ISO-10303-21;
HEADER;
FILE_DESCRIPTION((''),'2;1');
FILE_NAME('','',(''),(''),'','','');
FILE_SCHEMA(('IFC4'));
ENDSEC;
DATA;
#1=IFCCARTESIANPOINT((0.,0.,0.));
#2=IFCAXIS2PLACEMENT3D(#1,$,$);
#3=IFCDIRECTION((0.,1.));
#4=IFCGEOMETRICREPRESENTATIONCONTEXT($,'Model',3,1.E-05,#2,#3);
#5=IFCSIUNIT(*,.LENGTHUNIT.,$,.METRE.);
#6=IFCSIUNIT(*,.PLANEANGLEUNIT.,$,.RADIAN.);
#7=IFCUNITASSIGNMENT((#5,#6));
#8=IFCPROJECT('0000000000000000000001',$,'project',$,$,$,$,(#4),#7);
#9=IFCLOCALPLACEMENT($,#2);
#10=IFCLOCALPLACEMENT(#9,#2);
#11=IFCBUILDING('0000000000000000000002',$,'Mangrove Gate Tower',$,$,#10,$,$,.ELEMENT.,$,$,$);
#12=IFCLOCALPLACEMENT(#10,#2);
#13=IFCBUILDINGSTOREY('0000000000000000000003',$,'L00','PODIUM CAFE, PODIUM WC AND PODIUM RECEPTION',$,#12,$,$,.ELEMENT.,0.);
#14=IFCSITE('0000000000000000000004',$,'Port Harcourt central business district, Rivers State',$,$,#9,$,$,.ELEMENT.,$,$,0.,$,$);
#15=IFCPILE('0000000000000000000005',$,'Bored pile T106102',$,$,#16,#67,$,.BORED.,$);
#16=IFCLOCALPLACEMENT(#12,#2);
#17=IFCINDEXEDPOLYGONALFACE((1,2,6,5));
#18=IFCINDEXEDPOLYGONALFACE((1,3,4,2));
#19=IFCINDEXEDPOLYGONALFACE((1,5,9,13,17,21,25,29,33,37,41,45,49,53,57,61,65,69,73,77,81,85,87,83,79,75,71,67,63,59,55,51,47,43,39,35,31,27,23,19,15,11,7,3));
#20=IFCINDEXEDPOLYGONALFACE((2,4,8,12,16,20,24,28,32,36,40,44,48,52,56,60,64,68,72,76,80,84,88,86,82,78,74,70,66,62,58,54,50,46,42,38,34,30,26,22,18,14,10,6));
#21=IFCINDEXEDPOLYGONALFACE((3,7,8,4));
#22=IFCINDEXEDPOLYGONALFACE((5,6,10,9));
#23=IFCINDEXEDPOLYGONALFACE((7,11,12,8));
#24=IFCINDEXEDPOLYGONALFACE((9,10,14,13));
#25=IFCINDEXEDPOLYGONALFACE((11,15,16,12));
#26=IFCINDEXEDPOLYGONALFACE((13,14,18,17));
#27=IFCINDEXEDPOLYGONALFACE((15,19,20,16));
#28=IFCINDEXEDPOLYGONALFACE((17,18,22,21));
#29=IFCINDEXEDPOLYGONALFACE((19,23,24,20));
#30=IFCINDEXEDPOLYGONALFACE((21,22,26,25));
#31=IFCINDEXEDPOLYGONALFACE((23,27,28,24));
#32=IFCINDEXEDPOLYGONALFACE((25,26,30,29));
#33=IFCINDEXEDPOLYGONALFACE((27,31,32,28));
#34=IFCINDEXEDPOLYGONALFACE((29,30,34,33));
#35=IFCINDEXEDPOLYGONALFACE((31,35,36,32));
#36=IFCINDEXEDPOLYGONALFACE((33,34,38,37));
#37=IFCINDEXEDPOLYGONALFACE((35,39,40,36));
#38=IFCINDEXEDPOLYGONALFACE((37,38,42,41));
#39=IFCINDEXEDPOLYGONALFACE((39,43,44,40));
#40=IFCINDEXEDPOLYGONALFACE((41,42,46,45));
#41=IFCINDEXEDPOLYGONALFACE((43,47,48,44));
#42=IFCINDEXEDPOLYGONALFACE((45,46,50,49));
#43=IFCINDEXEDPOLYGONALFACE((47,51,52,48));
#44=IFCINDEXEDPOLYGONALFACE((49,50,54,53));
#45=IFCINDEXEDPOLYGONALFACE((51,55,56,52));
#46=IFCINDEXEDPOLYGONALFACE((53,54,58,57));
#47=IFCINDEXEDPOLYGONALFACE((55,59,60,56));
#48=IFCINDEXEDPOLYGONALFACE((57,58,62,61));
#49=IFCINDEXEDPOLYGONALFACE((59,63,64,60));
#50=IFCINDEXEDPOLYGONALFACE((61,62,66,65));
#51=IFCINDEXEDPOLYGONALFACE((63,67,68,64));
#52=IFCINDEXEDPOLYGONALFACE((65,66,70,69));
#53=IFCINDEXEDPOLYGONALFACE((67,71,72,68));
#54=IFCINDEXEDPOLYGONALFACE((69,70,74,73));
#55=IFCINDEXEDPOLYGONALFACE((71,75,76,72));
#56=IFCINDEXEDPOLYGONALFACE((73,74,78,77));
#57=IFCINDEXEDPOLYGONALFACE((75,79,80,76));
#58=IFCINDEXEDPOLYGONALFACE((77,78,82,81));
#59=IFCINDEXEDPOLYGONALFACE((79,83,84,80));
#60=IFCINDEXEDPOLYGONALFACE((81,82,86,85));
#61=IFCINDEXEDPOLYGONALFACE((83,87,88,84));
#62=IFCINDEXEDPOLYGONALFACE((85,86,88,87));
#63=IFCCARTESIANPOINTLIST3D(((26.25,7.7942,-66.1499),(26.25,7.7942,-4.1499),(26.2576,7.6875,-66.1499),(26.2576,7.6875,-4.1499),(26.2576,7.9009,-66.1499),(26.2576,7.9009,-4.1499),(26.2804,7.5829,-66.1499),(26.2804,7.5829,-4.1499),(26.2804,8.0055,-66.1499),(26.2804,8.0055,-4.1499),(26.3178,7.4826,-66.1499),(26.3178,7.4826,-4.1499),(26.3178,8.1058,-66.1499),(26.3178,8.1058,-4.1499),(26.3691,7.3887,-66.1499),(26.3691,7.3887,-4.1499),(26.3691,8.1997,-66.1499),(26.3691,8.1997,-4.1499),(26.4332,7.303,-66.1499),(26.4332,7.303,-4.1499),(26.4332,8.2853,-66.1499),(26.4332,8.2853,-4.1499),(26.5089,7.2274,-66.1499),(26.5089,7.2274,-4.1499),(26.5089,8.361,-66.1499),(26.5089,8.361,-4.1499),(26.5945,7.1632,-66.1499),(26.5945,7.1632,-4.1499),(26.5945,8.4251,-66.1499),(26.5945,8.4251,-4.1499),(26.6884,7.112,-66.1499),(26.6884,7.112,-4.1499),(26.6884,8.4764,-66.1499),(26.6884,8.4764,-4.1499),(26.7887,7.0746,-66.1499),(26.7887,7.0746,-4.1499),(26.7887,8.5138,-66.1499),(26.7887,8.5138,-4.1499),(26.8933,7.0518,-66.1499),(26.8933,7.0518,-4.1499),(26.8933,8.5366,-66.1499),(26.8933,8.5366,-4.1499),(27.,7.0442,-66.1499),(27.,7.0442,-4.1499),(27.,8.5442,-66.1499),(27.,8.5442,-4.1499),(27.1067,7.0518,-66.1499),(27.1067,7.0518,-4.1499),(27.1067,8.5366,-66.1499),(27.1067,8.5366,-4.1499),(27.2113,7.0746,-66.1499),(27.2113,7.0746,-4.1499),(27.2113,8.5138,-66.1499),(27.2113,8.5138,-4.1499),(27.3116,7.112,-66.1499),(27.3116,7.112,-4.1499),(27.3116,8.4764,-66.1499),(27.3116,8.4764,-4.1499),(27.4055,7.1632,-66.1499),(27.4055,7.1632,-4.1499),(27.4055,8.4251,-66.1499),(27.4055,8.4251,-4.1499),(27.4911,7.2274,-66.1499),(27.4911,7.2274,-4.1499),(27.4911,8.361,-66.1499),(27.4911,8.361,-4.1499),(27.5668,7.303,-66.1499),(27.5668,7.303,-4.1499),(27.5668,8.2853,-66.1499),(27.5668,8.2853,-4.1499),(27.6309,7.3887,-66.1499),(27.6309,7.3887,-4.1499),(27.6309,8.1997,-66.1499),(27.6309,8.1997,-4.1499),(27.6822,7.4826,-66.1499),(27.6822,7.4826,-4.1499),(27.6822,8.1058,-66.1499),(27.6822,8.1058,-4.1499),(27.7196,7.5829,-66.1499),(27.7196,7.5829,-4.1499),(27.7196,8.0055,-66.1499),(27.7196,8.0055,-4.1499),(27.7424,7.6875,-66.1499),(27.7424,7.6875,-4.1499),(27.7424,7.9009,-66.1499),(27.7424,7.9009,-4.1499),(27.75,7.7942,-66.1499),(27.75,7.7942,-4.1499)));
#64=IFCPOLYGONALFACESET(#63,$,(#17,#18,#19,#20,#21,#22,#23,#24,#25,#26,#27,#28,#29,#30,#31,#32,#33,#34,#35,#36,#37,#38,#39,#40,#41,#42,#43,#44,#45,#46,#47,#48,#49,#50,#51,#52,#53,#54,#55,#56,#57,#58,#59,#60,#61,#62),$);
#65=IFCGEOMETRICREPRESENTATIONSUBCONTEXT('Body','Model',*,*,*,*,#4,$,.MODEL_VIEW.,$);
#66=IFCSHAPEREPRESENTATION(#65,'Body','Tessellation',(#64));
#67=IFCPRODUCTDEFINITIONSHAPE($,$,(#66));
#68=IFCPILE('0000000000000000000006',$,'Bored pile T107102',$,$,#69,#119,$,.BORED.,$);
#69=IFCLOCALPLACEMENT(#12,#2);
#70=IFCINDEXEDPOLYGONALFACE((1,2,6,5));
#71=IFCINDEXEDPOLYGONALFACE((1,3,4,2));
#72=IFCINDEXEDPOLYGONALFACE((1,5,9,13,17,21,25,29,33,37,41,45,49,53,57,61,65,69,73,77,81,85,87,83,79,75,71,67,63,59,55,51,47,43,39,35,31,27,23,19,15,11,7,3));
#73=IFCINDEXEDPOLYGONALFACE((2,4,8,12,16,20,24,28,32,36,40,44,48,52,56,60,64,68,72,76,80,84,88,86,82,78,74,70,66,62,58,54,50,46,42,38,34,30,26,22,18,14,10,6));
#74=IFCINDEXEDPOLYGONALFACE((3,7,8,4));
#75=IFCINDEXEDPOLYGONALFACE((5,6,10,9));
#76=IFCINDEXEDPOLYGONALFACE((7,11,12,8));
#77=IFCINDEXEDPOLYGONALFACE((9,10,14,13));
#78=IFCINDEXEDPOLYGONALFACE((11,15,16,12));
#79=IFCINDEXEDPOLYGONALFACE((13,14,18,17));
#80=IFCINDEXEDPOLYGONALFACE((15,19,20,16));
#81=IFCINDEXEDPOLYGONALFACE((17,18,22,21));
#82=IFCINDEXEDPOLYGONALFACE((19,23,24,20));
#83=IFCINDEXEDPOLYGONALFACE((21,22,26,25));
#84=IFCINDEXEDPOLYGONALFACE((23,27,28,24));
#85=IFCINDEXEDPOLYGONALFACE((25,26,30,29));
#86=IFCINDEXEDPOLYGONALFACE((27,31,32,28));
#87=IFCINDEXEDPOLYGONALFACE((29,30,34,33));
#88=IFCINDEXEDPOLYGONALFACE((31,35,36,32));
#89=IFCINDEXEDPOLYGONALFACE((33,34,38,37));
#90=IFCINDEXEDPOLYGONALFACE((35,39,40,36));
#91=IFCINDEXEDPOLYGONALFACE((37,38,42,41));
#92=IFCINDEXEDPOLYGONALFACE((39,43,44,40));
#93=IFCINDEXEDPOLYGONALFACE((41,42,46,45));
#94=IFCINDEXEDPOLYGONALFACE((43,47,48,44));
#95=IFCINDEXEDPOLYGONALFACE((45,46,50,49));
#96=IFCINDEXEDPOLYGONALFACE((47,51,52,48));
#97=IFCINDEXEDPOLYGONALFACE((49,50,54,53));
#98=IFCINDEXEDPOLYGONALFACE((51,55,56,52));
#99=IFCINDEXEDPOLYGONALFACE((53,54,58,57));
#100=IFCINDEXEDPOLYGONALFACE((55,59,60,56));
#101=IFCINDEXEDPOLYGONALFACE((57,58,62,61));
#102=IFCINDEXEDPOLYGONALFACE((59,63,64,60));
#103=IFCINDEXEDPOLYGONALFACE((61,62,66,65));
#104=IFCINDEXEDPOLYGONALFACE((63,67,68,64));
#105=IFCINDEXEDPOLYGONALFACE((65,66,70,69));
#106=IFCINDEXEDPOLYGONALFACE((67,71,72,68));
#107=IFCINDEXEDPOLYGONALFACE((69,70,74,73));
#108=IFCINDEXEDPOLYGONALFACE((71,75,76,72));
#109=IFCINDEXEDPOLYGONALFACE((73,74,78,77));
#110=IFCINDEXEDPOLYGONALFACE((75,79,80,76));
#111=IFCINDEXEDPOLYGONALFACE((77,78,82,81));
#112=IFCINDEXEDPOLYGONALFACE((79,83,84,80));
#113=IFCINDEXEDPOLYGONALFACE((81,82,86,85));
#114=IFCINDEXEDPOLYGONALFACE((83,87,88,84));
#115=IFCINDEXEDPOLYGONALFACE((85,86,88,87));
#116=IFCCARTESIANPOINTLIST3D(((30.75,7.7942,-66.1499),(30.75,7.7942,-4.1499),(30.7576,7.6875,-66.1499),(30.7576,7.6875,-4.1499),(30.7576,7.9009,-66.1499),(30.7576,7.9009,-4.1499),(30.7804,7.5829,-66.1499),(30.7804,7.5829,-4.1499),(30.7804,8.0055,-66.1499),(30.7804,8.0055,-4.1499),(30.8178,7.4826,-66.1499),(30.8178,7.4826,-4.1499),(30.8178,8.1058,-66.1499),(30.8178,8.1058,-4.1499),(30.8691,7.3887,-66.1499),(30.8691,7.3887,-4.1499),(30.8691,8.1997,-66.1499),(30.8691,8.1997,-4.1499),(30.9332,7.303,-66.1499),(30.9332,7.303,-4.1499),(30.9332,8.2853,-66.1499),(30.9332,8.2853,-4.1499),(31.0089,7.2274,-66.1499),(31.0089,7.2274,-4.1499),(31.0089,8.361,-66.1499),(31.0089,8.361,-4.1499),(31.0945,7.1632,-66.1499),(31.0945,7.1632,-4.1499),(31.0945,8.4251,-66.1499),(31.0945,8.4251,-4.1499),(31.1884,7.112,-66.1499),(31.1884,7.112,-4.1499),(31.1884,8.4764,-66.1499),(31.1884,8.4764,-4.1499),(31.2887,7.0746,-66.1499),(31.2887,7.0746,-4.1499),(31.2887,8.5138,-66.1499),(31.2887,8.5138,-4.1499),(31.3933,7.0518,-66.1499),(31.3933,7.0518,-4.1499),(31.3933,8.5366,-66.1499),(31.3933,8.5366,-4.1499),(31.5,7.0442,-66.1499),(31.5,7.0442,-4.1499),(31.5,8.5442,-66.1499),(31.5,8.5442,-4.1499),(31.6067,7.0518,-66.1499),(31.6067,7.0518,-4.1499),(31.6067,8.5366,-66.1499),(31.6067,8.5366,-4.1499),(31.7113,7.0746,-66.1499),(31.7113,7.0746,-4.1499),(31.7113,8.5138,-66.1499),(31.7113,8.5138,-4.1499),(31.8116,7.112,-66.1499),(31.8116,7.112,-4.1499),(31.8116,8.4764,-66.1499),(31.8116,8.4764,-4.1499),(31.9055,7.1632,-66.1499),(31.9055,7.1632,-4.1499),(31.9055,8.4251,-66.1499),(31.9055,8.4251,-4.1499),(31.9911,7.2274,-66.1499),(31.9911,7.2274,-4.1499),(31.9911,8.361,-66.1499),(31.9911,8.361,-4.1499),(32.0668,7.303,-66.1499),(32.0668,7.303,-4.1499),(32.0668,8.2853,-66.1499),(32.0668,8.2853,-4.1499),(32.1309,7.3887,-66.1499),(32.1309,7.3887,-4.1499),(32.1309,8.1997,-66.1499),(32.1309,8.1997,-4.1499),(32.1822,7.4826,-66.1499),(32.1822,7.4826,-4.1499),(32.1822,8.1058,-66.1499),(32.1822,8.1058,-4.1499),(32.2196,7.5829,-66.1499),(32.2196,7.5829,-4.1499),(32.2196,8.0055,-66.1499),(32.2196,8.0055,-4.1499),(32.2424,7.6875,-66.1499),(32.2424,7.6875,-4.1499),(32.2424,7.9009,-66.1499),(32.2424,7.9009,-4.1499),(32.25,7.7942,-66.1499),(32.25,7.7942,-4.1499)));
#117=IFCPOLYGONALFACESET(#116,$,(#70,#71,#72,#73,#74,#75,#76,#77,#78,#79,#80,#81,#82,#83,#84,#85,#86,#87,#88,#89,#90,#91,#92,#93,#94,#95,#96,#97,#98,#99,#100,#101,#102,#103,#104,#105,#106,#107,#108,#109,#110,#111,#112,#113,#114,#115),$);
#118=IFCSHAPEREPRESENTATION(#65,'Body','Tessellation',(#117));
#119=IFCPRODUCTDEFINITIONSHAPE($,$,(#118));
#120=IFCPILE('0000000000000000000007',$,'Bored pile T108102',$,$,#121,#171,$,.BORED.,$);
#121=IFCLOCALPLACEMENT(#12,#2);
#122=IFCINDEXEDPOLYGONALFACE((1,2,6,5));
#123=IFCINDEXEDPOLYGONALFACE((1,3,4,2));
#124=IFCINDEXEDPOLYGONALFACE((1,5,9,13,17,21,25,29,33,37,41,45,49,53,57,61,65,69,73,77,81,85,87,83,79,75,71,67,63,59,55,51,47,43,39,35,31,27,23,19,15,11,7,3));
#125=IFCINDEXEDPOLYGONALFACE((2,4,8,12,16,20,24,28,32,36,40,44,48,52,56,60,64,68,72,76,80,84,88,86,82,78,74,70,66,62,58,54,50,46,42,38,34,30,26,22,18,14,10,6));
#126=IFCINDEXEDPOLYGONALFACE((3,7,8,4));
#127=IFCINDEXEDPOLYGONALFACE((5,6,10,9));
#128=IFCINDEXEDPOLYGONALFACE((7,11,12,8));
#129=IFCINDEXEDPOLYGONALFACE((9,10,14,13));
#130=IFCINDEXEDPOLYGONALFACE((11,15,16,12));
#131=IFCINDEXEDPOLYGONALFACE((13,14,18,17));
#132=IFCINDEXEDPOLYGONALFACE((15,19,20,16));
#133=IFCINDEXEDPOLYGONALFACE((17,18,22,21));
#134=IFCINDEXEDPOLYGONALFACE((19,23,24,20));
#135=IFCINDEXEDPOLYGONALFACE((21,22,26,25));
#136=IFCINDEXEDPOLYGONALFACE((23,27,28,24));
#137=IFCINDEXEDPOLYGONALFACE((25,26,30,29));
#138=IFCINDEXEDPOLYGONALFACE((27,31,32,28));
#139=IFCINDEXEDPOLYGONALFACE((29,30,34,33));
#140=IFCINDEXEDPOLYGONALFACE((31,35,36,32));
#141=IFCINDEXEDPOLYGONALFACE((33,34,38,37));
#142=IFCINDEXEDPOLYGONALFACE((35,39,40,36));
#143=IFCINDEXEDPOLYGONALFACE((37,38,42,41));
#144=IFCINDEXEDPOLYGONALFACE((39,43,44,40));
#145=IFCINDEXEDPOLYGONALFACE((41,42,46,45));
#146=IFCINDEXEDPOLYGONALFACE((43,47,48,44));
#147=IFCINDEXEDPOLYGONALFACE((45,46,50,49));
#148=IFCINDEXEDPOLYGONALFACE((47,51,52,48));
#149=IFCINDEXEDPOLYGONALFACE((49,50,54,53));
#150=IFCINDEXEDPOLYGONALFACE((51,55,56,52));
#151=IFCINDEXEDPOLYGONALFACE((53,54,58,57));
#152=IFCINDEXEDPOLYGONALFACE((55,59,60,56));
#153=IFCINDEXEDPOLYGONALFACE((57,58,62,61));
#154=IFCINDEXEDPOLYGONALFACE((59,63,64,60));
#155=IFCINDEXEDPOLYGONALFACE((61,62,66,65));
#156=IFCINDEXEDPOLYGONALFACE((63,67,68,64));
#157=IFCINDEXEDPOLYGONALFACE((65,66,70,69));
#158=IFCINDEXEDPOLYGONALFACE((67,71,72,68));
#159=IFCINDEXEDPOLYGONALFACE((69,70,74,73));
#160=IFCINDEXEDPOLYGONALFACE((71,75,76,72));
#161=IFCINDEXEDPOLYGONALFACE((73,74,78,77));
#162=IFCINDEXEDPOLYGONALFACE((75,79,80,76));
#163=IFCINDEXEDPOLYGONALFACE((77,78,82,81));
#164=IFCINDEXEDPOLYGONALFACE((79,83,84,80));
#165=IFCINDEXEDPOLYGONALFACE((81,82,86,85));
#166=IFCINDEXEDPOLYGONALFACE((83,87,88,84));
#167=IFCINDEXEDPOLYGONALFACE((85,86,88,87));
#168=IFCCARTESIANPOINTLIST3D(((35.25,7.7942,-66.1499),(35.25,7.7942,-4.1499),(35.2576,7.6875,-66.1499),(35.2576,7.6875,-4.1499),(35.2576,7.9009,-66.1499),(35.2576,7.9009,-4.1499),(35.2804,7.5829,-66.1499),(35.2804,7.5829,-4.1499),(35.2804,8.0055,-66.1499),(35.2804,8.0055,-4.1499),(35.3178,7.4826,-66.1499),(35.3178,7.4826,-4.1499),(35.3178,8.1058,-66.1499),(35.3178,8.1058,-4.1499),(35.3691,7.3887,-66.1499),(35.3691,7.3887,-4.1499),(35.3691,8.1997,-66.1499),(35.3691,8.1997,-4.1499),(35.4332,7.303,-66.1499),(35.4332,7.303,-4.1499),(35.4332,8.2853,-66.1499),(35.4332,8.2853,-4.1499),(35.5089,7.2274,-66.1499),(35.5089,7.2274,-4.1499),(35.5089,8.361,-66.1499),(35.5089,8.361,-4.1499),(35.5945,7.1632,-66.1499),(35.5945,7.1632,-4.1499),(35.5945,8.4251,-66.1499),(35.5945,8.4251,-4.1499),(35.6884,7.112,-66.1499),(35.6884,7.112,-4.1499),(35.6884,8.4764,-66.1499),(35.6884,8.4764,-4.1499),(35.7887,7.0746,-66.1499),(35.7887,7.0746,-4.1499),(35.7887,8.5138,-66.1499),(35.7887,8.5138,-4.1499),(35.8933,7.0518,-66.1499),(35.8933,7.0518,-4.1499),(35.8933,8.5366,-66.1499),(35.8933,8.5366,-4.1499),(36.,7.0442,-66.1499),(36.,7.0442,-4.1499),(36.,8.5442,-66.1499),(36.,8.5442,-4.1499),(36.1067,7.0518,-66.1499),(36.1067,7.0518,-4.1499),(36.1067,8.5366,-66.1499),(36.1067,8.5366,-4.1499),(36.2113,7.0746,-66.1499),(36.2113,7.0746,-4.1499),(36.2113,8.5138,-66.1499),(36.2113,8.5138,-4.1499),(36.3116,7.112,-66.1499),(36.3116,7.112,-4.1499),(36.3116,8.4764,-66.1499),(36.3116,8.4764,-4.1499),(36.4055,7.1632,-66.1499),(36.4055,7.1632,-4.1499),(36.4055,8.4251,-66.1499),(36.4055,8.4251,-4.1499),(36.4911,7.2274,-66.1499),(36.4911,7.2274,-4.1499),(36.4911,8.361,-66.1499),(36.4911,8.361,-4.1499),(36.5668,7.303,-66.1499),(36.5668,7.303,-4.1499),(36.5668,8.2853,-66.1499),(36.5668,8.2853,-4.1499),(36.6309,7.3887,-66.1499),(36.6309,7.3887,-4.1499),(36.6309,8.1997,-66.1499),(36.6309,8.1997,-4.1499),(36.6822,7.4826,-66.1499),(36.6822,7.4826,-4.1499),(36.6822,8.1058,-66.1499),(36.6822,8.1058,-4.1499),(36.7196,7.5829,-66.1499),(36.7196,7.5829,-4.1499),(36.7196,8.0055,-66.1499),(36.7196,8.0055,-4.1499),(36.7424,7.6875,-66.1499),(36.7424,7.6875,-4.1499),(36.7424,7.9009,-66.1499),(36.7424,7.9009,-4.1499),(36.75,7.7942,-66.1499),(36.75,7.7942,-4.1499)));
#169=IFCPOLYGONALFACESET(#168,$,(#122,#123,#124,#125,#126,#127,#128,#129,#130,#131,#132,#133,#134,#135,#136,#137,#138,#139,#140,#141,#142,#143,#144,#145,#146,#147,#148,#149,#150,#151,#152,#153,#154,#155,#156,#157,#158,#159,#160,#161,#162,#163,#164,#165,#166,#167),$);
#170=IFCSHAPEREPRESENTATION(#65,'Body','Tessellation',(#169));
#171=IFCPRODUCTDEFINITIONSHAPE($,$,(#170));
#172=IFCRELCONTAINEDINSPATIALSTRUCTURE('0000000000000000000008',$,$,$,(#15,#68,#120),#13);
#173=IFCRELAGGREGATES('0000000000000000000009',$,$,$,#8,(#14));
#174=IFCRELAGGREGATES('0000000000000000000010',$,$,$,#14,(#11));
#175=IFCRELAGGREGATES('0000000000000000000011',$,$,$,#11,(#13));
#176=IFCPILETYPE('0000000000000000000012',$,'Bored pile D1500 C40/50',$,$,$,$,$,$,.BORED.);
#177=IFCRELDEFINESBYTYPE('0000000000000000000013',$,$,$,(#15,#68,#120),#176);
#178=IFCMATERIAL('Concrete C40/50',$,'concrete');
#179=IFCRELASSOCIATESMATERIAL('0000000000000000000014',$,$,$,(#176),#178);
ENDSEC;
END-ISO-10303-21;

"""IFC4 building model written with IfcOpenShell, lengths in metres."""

from ifc_helpers import new_model, si_unit, direction, frame, origin, origin_2d, place, context, subcontext, project, spatial, circle, extrude, material, material_profile, profile_set, type_object, element, save


model = new_model("IFC4")

# Units and contexts
model_context = context("Model", 3, precision=1e-05, world=origin(), true_north=direction((0.0, 1.0)))
body_context = subcontext(model_context, "Body", "Model", "MODEL_VIEW")
ifc_project = project(units=[si_unit("LENGTHUNIT", "METRE"), si_unit("PLANEANGLEUNIT", "RADIAN")], contexts=[model_context])

# Site, building, storey
site_placement = place(None, origin())
site = spatial("IfcSite", under=ifc_project, at=site_placement, Name="Port Harcourt central business district, Rivers State", CompositionType="ELEMENT", RefElevation=0.0)
building_placement = place(site_placement, origin())
building = spatial("IfcBuilding", under=site, at=building_placement, Name="Mangrove Gate Tower", CompositionType="ELEMENT")
storey_placement = place(building_placement, origin())
storey = spatial("IfcBuildingStorey", under=building, at=storey_placement, Name="L00", Description="PODIUM CAFE, PODIUM WC AND PODIUM RECEPTION", CompositionType="ELEMENT", Elevation=0.0)

# Piles
ifc_material_1 = material(Name="Concrete C40/50", Category="concrete")
ifc_material_profile_1 = material_profile(ifc_material_1, circle(Radius=0.75, at=origin_2d()))
ifc_profile_set_1 = profile_set([ifc_material_profile_1], Name="Concrete C40/50")
pile_type = type_object("IfcPileType", Name="Bored pile D1500 C40/50", PredefinedType="BORED", material=ifc_profile_set_1)
for number, where, z_axis, x_axis, name in (
    (1, (27.0, 7.7942, -4.1499), (0.0, 0.0, -1.0), (1.0, 0.0, 0.0), "Bored pile T106102"),
    (2, (31.5, 7.7942, -4.1499), (0.0, 0.0, -1.0), (1.0, 0.0, 0.0), "Bored pile T107102"),
    (3, (36.0, 7.7942, -4.1499), (0.0, 0.0, -1.0), (1.0, 0.0, 0.0), "Bored pile T108102"),
):
    element("IfcPile", number, at=place(storey_placement, frame(where, z_axis=z_axis, x_axis=x_axis)), inside=storey, type_object=pile_type, Name=name, PredefinedType="BORED", context=body_context, shape_type="SweptSolid", body=[
        extrude(circle(Radius=0.75, at=origin_2d()), origin(), (0.0, 0.0, 1.0), 62.0),
    ])

save(model, "model.ifc")
